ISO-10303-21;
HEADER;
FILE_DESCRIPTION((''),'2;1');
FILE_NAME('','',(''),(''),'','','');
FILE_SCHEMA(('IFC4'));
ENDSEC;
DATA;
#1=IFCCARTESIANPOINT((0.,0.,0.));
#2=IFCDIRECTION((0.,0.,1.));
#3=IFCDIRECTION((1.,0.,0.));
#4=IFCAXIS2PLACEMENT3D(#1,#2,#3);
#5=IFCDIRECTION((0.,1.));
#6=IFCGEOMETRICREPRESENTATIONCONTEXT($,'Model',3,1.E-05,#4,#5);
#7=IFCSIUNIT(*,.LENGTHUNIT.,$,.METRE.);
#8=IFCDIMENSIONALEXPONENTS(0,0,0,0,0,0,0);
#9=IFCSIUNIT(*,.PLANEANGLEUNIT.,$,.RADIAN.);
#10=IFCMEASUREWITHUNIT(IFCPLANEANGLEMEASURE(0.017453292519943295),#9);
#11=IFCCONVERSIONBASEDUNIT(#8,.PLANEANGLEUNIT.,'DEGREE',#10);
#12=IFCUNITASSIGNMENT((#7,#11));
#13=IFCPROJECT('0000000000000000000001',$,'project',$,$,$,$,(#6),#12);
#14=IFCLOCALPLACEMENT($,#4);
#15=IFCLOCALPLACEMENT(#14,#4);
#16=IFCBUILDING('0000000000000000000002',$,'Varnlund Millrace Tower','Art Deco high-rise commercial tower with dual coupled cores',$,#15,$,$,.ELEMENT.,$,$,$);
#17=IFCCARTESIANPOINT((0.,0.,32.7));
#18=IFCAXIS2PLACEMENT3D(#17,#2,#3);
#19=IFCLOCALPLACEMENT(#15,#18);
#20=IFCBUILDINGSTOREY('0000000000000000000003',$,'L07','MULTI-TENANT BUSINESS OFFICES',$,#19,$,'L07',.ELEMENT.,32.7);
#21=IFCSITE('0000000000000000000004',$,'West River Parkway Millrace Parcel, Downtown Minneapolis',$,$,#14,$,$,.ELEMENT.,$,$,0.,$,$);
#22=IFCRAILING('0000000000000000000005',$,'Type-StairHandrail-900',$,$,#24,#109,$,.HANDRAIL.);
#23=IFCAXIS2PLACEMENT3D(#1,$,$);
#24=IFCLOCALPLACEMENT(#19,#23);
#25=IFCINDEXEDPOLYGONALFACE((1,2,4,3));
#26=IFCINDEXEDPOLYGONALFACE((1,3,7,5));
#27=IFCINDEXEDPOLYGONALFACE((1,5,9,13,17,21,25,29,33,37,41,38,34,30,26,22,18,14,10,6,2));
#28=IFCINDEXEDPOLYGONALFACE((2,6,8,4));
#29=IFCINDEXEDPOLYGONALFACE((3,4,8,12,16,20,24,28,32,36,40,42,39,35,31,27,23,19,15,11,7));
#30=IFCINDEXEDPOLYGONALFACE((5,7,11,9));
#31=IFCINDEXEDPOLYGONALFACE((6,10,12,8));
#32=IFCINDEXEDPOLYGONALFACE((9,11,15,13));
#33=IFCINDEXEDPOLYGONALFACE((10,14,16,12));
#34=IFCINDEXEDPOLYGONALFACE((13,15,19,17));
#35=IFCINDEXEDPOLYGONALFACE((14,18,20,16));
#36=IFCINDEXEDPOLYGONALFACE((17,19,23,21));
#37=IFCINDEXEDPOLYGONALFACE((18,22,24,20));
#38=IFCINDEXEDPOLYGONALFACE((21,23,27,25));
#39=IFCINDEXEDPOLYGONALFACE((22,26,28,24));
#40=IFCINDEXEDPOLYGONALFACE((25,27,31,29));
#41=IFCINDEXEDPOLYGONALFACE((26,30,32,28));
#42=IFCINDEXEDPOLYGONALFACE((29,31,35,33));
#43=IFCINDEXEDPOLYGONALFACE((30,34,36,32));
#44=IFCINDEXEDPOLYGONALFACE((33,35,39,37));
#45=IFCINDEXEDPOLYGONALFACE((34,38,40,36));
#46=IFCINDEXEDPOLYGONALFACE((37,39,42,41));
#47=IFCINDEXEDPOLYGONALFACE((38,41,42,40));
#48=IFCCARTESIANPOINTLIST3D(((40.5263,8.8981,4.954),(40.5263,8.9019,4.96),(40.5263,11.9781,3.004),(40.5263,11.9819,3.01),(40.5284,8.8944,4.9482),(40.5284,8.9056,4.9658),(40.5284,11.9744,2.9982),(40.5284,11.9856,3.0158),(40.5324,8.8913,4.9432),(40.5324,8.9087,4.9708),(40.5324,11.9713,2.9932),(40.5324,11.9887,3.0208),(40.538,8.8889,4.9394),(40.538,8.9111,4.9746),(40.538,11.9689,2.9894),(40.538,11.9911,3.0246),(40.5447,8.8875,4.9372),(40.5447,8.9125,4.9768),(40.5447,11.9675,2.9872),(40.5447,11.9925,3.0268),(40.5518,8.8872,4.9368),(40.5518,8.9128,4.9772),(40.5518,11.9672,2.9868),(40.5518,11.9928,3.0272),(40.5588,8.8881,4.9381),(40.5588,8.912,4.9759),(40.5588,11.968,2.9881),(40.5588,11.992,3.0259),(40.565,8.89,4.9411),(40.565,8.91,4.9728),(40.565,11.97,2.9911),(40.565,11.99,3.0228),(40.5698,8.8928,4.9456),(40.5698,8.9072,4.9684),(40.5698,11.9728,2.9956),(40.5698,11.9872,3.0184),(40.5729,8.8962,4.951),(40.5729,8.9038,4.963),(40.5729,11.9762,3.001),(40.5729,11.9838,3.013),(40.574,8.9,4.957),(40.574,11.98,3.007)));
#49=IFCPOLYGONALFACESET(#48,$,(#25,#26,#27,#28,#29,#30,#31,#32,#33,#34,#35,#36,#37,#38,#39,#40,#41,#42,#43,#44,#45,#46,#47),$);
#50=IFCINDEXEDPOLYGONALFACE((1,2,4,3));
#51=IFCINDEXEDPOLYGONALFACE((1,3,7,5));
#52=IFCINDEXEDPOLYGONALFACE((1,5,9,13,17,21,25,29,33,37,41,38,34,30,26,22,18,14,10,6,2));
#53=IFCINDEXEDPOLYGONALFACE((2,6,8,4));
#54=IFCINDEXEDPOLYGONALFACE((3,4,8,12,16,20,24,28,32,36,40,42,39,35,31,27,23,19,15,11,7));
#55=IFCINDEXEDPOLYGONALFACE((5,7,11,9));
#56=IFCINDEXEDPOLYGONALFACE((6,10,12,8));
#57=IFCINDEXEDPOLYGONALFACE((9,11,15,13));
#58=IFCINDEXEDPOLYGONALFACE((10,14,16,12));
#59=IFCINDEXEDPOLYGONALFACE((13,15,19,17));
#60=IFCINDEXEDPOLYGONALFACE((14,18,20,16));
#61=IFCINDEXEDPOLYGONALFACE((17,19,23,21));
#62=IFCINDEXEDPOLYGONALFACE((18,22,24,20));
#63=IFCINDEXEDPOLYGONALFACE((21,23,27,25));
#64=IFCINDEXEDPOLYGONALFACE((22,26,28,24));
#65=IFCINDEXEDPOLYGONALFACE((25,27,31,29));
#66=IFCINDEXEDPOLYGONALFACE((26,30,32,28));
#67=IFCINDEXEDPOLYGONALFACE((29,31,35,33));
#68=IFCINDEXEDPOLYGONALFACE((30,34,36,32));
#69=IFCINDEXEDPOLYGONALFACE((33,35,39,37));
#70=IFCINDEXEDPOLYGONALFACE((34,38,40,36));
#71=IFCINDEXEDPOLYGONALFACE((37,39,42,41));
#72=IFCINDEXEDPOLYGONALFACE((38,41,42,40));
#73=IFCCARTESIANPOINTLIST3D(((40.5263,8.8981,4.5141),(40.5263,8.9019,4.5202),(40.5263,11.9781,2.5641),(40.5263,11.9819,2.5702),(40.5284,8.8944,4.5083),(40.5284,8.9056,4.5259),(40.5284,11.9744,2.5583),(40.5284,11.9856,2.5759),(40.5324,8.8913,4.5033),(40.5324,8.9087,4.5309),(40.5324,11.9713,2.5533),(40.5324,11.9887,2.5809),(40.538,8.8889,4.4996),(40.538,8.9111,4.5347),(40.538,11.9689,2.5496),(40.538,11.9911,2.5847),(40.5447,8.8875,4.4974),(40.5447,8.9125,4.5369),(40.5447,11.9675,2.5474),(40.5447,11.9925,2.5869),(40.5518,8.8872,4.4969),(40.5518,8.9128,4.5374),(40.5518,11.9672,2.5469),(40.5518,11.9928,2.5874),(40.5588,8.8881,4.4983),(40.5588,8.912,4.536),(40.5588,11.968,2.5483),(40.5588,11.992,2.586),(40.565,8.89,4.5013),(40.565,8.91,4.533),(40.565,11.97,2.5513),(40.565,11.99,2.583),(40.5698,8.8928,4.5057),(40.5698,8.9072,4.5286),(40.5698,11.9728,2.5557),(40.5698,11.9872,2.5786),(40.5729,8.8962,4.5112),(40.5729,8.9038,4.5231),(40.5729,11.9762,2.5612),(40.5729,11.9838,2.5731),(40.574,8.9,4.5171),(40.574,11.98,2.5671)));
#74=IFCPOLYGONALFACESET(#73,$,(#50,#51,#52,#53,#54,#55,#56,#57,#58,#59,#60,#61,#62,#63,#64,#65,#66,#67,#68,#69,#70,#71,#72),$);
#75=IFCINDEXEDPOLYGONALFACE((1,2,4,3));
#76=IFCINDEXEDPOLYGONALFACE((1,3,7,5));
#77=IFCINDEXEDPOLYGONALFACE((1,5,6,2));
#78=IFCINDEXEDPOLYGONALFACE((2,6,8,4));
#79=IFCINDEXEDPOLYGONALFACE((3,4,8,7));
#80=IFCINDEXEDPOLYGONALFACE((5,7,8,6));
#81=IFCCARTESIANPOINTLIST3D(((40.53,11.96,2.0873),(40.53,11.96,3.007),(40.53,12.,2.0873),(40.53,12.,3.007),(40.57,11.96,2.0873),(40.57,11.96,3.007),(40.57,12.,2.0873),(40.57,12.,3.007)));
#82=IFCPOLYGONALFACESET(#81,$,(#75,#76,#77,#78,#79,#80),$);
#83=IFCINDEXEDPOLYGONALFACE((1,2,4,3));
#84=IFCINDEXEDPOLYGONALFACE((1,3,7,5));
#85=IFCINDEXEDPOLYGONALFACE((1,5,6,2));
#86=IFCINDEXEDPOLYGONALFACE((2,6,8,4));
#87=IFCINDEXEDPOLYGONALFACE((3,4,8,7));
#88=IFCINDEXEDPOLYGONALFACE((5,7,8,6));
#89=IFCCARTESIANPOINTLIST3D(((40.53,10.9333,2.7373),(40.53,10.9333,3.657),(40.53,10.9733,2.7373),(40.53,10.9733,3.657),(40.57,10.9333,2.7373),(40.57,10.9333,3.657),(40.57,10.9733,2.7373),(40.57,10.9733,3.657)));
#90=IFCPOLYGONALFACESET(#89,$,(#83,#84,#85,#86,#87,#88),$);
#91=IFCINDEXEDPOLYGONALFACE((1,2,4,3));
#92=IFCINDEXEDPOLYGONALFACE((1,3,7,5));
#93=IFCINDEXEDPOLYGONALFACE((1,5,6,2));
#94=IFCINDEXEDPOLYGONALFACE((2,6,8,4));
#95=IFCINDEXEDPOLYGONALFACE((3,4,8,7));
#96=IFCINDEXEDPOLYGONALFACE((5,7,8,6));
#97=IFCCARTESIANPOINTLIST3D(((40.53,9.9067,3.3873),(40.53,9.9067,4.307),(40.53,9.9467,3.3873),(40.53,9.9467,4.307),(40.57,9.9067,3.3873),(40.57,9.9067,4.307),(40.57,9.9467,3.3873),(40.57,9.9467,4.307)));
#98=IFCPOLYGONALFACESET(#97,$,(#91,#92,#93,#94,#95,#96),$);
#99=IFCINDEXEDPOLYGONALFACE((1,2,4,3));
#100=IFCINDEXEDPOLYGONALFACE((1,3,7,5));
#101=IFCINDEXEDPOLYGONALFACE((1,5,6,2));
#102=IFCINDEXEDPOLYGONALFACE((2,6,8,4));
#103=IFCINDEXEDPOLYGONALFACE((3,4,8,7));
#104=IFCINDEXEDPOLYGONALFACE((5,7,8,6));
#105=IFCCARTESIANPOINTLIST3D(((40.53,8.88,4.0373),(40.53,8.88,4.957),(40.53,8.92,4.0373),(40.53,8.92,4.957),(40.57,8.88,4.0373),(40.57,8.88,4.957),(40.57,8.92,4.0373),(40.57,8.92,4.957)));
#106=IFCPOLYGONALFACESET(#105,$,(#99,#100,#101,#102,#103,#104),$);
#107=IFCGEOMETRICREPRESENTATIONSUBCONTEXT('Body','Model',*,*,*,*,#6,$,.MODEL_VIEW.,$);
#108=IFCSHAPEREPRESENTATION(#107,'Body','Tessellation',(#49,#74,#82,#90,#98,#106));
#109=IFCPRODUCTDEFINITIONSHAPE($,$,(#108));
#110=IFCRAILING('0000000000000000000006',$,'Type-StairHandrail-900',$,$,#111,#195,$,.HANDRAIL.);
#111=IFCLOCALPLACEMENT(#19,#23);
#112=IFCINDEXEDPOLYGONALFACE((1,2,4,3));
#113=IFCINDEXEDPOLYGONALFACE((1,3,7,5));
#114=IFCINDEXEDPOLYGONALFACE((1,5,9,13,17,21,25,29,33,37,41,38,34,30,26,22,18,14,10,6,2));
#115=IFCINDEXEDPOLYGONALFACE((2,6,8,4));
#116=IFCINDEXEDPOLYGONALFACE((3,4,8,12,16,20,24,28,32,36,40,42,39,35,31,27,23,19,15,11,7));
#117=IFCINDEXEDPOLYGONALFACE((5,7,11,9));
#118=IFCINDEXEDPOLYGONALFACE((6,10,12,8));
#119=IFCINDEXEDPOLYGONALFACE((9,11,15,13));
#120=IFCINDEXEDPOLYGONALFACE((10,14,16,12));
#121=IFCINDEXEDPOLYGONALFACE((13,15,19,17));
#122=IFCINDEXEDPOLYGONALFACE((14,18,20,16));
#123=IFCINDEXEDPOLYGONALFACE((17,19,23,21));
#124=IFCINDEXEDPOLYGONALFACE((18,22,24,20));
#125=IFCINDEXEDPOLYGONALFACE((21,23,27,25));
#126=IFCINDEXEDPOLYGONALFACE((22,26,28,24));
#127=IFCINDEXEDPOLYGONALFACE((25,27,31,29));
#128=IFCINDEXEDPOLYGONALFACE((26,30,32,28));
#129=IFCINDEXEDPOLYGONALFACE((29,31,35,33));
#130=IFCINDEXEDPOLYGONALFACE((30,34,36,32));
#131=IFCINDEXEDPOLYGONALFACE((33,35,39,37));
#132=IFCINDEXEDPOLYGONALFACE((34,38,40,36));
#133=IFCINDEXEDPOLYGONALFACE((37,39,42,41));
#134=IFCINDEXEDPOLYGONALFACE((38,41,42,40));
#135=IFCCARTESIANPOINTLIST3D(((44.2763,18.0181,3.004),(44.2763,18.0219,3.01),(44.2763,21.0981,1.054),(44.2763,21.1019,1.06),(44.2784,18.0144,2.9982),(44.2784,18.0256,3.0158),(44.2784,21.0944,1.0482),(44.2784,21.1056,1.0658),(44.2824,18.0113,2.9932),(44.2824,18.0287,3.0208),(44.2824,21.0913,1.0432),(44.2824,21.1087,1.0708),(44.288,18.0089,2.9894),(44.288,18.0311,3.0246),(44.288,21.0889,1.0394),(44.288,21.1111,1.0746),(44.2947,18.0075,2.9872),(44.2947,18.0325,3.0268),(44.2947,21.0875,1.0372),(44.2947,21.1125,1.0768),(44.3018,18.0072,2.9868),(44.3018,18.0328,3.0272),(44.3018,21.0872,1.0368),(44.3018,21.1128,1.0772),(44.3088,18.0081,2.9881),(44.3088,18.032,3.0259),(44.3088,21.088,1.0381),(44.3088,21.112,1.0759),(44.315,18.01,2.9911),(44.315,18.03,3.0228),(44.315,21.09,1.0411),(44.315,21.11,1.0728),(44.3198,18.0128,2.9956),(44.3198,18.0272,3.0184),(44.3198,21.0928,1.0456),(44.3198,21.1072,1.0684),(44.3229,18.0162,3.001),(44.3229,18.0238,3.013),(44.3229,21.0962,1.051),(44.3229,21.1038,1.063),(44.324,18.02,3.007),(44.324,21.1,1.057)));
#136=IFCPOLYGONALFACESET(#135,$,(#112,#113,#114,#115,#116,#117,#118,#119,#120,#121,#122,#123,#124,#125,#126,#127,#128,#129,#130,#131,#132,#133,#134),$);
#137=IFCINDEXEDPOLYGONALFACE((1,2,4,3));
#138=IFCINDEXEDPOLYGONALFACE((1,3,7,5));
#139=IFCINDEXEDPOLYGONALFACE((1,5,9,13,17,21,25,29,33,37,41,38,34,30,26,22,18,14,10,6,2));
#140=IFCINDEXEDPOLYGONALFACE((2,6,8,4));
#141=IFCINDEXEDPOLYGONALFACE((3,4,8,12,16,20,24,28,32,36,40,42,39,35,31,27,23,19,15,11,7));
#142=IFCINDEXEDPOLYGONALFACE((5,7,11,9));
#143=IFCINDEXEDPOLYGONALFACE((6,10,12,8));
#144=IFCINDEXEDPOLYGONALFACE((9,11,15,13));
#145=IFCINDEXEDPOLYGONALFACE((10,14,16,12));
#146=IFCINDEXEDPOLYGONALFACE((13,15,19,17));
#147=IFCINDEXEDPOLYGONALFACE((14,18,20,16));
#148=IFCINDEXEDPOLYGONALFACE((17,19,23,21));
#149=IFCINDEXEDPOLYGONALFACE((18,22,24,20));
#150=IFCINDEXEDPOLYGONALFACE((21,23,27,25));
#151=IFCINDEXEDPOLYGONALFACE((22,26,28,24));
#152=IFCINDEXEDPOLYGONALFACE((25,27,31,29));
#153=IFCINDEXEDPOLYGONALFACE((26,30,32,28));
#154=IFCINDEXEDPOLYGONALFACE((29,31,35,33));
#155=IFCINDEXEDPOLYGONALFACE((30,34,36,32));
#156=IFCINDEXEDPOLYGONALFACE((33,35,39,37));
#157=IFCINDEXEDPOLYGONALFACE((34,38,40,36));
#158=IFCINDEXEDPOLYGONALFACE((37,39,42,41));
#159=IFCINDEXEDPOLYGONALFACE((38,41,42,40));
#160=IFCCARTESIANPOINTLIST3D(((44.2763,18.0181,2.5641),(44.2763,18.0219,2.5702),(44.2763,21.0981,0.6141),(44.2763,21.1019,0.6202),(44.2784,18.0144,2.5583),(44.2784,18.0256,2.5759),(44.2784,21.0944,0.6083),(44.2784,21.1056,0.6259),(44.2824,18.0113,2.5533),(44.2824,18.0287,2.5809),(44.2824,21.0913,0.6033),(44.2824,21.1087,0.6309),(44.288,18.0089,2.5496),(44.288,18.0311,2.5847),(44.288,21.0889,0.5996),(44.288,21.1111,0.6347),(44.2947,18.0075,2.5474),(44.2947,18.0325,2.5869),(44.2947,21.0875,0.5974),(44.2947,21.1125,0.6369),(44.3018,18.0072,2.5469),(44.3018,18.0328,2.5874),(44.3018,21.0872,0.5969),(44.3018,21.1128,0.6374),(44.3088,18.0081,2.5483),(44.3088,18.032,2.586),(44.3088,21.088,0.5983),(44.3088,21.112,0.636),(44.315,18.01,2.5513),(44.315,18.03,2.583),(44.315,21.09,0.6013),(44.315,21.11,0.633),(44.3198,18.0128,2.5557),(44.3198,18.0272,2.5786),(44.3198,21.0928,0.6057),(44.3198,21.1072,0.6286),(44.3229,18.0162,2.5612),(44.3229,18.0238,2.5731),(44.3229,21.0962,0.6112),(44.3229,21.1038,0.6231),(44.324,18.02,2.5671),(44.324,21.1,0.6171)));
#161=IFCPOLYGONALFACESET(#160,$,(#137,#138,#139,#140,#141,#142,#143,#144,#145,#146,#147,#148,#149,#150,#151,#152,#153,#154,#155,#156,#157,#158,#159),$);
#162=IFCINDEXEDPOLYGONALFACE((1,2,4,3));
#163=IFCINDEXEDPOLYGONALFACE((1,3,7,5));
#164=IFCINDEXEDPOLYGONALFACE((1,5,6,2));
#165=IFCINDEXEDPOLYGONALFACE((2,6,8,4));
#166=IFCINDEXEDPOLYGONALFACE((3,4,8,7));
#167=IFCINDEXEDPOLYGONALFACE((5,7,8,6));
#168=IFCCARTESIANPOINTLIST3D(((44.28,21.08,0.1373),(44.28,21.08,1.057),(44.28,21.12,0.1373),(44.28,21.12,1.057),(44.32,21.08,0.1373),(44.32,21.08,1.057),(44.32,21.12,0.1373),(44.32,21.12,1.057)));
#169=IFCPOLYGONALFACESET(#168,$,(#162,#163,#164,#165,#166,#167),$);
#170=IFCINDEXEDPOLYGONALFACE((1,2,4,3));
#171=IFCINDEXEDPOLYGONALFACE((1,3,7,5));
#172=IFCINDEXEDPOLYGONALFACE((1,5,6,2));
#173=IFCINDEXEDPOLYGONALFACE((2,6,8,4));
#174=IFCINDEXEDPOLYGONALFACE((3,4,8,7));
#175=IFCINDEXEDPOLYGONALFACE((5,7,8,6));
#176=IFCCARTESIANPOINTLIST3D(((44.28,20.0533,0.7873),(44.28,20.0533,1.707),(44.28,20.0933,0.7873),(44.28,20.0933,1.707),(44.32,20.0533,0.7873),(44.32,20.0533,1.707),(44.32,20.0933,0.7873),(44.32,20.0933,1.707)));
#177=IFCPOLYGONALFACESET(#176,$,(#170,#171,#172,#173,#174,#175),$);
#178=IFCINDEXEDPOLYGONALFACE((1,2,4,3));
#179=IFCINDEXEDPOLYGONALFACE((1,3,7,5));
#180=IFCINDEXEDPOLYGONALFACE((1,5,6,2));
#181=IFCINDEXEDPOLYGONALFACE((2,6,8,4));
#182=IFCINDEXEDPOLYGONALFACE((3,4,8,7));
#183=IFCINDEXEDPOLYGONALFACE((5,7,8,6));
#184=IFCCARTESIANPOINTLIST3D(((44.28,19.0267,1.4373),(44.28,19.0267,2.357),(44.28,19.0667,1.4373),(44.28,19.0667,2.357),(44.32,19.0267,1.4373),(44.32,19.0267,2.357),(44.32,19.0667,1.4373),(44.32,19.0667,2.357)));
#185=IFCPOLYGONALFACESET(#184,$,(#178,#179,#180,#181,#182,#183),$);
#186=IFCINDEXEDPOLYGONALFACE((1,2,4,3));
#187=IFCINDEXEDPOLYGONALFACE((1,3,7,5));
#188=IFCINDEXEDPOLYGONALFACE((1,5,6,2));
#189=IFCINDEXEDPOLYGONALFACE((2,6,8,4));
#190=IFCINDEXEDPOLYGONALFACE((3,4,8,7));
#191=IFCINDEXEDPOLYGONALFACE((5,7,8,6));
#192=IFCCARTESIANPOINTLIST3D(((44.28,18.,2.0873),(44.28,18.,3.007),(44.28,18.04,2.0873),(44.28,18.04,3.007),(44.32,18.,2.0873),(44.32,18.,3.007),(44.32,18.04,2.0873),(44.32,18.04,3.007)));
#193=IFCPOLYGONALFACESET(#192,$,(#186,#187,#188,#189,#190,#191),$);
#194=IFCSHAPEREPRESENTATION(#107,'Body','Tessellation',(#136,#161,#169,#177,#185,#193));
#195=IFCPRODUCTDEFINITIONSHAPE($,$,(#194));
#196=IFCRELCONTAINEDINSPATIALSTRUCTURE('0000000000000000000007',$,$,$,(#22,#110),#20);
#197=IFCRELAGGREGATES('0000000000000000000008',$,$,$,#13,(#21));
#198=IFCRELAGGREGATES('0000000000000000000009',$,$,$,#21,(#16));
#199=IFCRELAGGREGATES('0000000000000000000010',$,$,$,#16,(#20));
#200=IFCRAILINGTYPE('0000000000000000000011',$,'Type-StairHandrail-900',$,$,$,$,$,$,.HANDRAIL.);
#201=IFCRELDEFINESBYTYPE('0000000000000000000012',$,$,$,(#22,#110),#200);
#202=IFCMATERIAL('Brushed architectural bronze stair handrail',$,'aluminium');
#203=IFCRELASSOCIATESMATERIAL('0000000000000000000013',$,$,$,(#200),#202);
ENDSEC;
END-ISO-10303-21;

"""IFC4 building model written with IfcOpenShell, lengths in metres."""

from ifc_helpers import new_model, entity, si_unit, converted_unit, direction, frame, origin_with_axes, origin_2d_with_axis, place, context, subcontext, project, spatial, rectangle, circle, extrude, material, type_object, element, save


model = new_model("IFC4")

# Units and contexts
model_context = context("Model", 3, precision=1e-05, world=origin_with_axes(), true_north=direction((0.0, 1.0)))
body_context = subcontext(model_context, "Body", "Model", "MODEL_VIEW")
ifc_project = project(units=[si_unit("LENGTHUNIT", "METRE"), converted_unit("PLANEANGLEUNIT", "DEGREE", entity("IfcPlaneAngleMeasure", 0.017453292519943295), si_unit("PLANEANGLEUNIT", "RADIAN"), dimensions=[0, 0, 0, 0, 0, 0, 0])], contexts=[model_context])

# Site, building, storey
site_placement = place(None, origin_with_axes())
site = spatial("IfcSite", under=ifc_project, at=site_placement, Name="West River Parkway Millrace Parcel, Downtown Minneapolis", CompositionType="ELEMENT", RefElevation=0.0)
building_placement = place(site_placement, origin_with_axes())
building = spatial("IfcBuilding", under=site, at=building_placement, Name="Varnlund Millrace Tower", Description="Art Deco high-rise commercial tower with dual coupled cores", CompositionType="ELEMENT")
storey_placement = place(building_placement, frame((0.0, 0.0, 32.7), z_axis=(0.0, 0.0, 1.0), x_axis=(1.0, 0.0, 0.0)))
storey = spatial("IfcBuildingStorey", under=building, at=storey_placement, Name="L07", Description="MULTI-TENANT BUSINESS OFFICES", LongName="L07", CompositionType="ELEMENT", Elevation=32.7)

# Railings
ifc_material_1 = material(Name="Brushed architectural bronze stair handrail", Category="aluminium")
railing_type_1 = type_object("IfcRailingType", Name="Type-StairHandrail-900", PredefinedType="HANDRAIL", material=ifc_material_1)
railing_1_placement = place(storey_placement, frame((0.0, 0.0, -32.7), z_axis=(0.0, 0.0, 1.0), x_axis=(1.0, 0.0, 0.0)))
element("IfcRailing", 1, at=railing_1_placement, inside=storey, type_object=railing_type_1, Name="Type-StairHandrail-900", PredefinedType="HANDRAIL", context=body_context, shape_type="SweptSolid", body=[
    extrude(circle(Radius=0.024, at=origin_2d_with_axis()), frame((40.55, 11.98, 35.707), z_axis=(0.0, -0.844902, 0.534922), x_axis=(1.0, 0.0, 0.0)), (0.0, 0.0, 1.0), 3.6454),
    extrude(circle(Radius=0.024, at=origin_2d_with_axis()), frame((40.55, 11.98, 35.2671), z_axis=(0.0, -0.844902, 0.534922), x_axis=(1.0, 0.0, 0.0)), (0.0, 0.0, 1.0), 3.6454),
    extrude(rectangle(XDim=0.04, YDim=0.04, at=origin_2d_with_axis()), frame((40.55, 11.98, 34.7873), z_axis=(0.0, 0.0, 1.0), x_axis=(1.0, 0.0, 0.0)), (0.0, 0.0, 1.0), 0.9197),
    extrude(rectangle(XDim=0.04, YDim=0.04, at=origin_2d_with_axis()), frame((40.55, 10.9533, 35.4373), z_axis=(0.0, 0.0, 1.0), x_axis=(1.0, 0.0, 0.0)), (0.0, 0.0, 1.0), 0.9197),
    extrude(rectangle(XDim=0.04, YDim=0.04, at=origin_2d_with_axis()), frame((40.55, 9.9267, 36.0873), z_axis=(0.0, 0.0, 1.0), x_axis=(1.0, 0.0, 0.0)), (0.0, 0.0, 1.0), 0.9197),
    extrude(rectangle(XDim=0.04, YDim=0.04, at=origin_2d_with_axis()), frame((40.55, 8.9, 36.7373), z_axis=(0.0, 0.0, 1.0), x_axis=(1.0, 0.0, 0.0)), (0.0, 0.0, 1.0), 0.9197),
])
railing_2_placement = place(storey_placement, frame((0.0, 0.0, -32.7), z_axis=(0.0, 0.0, 1.0), x_axis=(1.0, 0.0, 0.0)))
element("IfcRailing", 2, at=railing_2_placement, inside=storey, type_object=railing_type_1, Name="Type-StairHandrail-900", PredefinedType="HANDRAIL", context=body_context, shape_type="SweptSolid", body=[
    extrude(circle(Radius=0.024, at=origin_2d_with_axis()), frame((44.3, 21.1, 33.757), z_axis=(0.0, -0.844902, 0.534922), x_axis=(1.0, 0.0, 0.0)), (0.0, 0.0, 1.0), 3.6454),
    extrude(circle(Radius=0.024, at=origin_2d_with_axis()), frame((44.3, 21.1, 33.3171), z_axis=(0.0, -0.844902, 0.534922), x_axis=(1.0, 0.0, 0.0)), (0.0, 0.0, 1.0), 3.6454),
    extrude(rectangle(XDim=0.04, YDim=0.04, at=origin_2d_with_axis()), frame((44.3, 21.1, 32.8373), z_axis=(0.0, 0.0, 1.0), x_axis=(1.0, 0.0, 0.0)), (0.0, 0.0, 1.0), 0.9197),
    extrude(rectangle(XDim=0.04, YDim=0.04, at=origin_2d_with_axis()), frame((44.3, 20.0733, 33.4873), z_axis=(0.0, 0.0, 1.0), x_axis=(1.0, 0.0, 0.0)), (0.0, 0.0, 1.0), 0.9197),
    extrude(rectangle(XDim=0.04, YDim=0.04, at=origin_2d_with_axis()), frame((44.3, 19.0467, 34.1373), z_axis=(0.0, 0.0, 1.0), x_axis=(1.0, 0.0, 0.0)), (0.0, 0.0, 1.0), 0.9197),
    extrude(rectangle(XDim=0.04, YDim=0.04, at=origin_2d_with_axis()), frame((44.3, 18.02, 34.7873), z_axis=(0.0, 0.0, 1.0), x_axis=(1.0, 0.0, 0.0)), (0.0, 0.0, 1.0), 0.9197),
])

save(model, "model.ifc")
